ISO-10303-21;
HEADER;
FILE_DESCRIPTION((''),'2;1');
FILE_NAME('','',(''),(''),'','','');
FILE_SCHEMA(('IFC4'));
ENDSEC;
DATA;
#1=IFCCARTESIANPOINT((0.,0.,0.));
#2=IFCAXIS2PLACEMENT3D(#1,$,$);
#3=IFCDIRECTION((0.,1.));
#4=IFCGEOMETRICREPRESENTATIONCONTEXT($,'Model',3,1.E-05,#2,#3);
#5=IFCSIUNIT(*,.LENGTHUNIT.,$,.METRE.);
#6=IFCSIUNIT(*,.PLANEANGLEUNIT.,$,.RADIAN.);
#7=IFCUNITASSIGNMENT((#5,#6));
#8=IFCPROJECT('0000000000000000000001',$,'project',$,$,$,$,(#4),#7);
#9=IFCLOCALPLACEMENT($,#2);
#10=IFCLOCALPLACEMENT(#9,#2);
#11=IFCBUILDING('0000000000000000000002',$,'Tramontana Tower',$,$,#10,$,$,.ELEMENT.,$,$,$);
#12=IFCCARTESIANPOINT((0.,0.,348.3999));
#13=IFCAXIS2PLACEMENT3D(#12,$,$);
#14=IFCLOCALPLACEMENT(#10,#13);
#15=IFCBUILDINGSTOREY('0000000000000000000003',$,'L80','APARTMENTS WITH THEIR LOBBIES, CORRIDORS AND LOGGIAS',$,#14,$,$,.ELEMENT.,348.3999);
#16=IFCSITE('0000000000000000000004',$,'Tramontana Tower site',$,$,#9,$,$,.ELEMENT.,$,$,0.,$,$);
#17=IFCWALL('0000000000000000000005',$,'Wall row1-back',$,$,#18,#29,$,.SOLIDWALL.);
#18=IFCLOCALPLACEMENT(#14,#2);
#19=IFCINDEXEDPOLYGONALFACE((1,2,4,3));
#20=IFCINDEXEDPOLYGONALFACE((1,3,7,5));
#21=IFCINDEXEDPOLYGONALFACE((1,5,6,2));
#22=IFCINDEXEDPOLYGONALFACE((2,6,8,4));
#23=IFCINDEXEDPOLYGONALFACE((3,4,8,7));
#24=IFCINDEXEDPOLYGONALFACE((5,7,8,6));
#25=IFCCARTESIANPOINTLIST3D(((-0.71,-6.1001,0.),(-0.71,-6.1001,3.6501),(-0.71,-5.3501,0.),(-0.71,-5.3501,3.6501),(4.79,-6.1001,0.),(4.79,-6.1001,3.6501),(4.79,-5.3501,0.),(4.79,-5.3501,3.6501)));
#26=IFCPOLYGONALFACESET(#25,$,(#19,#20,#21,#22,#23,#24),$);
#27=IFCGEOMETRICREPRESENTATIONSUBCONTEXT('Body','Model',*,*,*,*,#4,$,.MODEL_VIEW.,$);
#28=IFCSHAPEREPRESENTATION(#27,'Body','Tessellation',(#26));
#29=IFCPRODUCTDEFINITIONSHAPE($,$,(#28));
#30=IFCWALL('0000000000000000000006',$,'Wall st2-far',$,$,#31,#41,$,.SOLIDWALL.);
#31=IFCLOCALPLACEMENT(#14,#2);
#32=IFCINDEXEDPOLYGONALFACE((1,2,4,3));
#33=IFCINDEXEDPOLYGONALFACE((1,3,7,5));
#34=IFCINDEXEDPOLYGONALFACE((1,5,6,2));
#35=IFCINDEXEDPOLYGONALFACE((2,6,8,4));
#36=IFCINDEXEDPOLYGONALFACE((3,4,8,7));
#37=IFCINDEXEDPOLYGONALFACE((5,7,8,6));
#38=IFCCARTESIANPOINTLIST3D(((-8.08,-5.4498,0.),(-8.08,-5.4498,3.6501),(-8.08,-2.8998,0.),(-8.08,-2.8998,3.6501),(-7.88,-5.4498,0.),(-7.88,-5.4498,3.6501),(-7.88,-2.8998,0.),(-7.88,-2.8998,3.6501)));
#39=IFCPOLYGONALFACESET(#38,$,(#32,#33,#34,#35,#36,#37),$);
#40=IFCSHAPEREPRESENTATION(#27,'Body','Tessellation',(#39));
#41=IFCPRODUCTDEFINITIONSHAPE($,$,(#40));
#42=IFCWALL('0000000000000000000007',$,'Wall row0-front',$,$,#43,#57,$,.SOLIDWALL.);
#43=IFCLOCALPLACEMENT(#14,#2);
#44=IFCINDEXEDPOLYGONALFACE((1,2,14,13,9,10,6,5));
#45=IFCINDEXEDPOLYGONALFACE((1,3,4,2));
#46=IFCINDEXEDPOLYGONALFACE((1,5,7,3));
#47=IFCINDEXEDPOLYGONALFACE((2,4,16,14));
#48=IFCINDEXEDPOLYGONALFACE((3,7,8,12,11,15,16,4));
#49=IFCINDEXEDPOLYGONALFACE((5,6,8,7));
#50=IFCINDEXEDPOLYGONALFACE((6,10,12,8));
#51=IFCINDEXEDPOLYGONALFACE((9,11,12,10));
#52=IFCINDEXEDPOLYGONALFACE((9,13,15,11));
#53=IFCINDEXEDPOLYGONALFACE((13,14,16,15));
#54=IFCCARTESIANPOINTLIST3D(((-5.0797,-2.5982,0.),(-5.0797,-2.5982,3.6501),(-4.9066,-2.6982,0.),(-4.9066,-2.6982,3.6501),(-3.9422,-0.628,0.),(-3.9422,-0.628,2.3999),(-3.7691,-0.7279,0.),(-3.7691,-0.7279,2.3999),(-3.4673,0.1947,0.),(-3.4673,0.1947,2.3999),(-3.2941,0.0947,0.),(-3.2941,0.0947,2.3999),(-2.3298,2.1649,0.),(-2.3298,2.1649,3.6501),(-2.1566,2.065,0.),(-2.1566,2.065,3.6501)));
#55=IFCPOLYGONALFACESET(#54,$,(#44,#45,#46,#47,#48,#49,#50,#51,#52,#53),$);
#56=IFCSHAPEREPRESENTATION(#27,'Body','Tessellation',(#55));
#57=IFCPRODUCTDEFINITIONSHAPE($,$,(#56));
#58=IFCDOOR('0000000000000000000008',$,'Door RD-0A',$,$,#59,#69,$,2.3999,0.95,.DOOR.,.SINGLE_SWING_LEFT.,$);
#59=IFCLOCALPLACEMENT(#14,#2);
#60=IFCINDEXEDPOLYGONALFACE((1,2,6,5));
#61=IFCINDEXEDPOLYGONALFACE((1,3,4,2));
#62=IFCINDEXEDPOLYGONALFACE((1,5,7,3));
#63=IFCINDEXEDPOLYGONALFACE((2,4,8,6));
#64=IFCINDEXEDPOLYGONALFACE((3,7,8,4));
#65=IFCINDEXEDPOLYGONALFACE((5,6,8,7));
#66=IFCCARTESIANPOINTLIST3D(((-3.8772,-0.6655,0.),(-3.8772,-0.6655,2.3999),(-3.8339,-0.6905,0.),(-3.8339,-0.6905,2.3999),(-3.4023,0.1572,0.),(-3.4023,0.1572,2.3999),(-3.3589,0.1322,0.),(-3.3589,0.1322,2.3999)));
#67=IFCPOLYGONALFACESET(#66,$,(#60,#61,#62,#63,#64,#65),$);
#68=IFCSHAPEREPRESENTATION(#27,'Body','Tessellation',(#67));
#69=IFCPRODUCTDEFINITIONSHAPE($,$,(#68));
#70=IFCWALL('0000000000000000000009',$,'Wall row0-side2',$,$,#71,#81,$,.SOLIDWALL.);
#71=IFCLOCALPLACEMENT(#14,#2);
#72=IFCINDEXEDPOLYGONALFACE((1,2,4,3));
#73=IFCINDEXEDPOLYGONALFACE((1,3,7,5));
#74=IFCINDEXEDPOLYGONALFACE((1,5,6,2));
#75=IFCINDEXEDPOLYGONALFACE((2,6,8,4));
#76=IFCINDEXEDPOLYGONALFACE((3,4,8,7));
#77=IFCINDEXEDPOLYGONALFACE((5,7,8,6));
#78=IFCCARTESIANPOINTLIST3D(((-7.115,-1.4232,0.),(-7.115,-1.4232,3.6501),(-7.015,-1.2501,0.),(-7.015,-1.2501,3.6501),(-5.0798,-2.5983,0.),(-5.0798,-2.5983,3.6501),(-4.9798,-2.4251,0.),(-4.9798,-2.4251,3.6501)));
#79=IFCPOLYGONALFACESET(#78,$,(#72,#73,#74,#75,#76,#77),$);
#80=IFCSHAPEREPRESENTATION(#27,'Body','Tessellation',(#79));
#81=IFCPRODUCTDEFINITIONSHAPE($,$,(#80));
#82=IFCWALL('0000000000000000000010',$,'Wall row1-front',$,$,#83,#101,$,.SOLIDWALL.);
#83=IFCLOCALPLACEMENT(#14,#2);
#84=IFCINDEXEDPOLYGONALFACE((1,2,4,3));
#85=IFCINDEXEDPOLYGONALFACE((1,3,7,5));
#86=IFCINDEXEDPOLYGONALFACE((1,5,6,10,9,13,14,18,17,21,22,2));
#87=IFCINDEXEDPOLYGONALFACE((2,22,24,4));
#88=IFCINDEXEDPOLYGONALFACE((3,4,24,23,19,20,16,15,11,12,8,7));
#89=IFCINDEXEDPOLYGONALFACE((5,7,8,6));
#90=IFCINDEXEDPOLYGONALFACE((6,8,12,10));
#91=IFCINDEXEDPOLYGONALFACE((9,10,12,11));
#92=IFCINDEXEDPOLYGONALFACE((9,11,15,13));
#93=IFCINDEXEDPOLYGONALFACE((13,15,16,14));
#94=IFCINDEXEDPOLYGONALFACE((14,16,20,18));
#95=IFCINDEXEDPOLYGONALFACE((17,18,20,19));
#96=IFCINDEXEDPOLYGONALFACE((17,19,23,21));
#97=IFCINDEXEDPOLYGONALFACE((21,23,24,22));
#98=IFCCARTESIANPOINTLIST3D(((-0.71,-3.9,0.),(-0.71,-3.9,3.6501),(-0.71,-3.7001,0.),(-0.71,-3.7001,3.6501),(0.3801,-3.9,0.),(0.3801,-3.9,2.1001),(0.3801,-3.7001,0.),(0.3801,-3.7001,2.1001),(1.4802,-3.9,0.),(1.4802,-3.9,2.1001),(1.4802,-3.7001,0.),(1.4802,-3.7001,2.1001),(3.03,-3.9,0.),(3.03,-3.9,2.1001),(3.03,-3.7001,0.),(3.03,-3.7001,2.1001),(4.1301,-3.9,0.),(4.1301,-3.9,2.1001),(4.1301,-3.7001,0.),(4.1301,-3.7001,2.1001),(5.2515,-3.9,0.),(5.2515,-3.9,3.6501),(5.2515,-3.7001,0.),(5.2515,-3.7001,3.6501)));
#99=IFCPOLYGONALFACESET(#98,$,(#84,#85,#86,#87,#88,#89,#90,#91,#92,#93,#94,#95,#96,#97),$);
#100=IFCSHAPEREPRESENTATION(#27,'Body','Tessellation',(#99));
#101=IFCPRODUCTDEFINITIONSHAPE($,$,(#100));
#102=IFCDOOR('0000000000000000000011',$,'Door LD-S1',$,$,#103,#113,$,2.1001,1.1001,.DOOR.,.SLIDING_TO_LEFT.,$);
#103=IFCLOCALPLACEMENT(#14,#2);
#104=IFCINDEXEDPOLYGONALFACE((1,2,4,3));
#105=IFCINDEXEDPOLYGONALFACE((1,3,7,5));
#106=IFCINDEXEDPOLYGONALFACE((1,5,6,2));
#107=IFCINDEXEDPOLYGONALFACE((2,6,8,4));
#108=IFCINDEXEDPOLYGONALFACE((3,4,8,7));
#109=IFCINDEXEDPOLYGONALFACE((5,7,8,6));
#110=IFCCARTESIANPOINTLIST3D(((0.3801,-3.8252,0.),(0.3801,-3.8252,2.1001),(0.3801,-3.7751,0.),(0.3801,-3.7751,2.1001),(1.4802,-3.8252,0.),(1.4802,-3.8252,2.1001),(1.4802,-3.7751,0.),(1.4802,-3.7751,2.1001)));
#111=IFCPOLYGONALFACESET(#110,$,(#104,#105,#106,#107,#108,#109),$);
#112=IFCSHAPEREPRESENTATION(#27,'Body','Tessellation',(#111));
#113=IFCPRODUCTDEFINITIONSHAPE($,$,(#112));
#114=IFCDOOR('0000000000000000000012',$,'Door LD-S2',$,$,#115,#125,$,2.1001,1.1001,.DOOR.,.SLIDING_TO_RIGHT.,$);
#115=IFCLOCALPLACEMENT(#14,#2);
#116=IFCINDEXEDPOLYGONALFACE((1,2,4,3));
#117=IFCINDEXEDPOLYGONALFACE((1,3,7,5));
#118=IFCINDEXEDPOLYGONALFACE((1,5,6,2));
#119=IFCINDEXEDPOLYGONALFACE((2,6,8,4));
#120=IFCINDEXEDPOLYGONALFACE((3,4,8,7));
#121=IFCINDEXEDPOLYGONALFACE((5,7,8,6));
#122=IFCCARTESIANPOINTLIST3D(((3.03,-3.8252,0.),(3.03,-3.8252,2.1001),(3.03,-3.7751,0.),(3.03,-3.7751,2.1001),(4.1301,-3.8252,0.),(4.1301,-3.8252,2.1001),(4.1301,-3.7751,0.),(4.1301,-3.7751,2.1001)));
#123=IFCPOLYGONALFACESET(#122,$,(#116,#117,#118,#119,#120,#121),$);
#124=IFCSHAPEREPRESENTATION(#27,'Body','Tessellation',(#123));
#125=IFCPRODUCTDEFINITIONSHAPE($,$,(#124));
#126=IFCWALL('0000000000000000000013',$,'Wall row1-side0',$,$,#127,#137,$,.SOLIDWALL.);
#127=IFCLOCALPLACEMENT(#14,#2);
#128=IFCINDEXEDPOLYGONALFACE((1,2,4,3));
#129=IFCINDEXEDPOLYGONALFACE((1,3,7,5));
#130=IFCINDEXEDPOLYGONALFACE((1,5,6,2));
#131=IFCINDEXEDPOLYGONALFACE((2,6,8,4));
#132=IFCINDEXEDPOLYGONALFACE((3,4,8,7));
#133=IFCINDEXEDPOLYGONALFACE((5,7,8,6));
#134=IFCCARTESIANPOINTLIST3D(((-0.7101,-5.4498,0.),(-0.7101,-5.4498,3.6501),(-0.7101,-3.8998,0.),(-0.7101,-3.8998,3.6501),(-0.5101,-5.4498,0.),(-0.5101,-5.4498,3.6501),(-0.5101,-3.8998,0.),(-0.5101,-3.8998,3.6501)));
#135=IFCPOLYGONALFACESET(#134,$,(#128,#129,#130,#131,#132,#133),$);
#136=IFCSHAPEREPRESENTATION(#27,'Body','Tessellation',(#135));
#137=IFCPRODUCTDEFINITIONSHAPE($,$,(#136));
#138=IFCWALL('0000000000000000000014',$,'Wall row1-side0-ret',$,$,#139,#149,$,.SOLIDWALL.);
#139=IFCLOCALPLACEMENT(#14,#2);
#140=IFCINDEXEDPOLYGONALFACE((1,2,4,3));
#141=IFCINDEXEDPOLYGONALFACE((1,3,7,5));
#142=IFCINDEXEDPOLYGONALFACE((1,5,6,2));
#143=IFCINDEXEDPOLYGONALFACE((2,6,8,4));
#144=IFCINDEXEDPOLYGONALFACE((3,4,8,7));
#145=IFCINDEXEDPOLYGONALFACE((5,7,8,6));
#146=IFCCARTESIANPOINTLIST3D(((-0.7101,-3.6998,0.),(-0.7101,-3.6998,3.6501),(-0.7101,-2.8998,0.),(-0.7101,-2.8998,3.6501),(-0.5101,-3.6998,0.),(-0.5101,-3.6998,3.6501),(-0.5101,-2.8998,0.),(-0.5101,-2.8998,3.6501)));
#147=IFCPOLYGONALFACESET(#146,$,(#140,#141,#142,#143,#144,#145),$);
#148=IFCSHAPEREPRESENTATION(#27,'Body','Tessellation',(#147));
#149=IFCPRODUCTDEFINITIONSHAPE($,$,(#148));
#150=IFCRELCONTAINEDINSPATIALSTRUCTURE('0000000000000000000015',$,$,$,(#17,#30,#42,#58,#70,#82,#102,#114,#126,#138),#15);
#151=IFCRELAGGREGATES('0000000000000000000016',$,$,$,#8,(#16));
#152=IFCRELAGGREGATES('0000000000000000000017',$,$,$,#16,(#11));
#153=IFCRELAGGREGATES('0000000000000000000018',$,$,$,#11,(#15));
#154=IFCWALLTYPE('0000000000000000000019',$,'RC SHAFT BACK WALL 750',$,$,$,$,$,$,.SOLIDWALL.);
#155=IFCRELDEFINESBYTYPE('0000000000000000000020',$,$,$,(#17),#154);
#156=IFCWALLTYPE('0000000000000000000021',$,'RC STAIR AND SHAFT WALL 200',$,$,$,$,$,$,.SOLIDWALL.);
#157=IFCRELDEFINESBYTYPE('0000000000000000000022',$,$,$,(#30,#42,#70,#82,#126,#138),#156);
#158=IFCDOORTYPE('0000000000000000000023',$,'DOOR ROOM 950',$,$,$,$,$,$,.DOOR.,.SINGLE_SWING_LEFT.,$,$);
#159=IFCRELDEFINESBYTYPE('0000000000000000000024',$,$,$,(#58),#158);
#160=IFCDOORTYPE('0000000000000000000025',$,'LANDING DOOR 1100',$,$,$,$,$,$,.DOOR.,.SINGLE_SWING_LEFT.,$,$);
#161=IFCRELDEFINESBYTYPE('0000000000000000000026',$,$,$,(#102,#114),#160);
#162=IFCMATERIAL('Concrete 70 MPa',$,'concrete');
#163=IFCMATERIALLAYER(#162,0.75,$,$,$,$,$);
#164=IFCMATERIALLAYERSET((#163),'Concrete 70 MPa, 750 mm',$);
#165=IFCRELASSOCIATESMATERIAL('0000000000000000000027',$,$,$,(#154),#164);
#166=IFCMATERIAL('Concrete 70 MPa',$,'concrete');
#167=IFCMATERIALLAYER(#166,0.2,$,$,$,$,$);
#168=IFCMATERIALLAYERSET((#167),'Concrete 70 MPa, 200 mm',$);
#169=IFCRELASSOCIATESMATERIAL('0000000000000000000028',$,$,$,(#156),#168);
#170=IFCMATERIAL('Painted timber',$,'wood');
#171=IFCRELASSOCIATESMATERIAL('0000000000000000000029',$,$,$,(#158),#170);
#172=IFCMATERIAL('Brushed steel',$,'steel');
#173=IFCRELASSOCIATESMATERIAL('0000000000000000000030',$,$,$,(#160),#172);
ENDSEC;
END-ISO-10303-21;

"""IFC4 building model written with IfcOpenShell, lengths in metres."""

from ifc_helpers import new_model, si_unit, direction, frame, frame_2d, origin, place, context, subcontext, project, spatial, rectangle, extrude, material, layer, layer_set, type_object, element, fill, save


model = new_model("IFC4")

# Units and contexts
model_context = context("Model", 3, precision=1e-05, world=origin(), true_north=direction((0.0, 1.0)))
body_context = subcontext(model_context, "Body", "Model", "MODEL_VIEW")
ifc_project = project(units=[si_unit("LENGTHUNIT", "METRE"), si_unit("PLANEANGLEUNIT", "RADIAN")], contexts=[model_context])

# Site, building, storey
site_placement = place(None, origin())
site = spatial("IfcSite", under=ifc_project, at=site_placement, Name="Tramontana Tower site", CompositionType="ELEMENT", RefElevation=0.0)
building_placement = place(site_placement, origin())
building = spatial("IfcBuilding", under=site, at=building_placement, Name="Tramontana Tower", CompositionType="ELEMENT")
storey_placement = place(building_placement, frame((0.0, 0.0, 348.3999)))
storey = spatial("IfcBuildingStorey", under=building, at=storey_placement, Name="L80", Description="APARTMENTS WITH THEIR LOBBIES, CORRIDORS AND LOGGIAS", CompositionType="ELEMENT", Elevation=348.3999)

# Walls
ifc_material_1 = material(Name="Concrete 70 MPa", Category="concrete")
ifc_layer_1 = layer(ifc_material_1, 0.75)
ifc_layer_set_1 = layer_set([ifc_layer_1], Name="Concrete 70 MPa, 750 mm")
wall_type_1 = type_object("IfcWallType", Name="RC SHAFT BACK WALL 750", PredefinedType="SOLIDWALL", material=ifc_layer_set_1)
wall_1_placement = place(storey_placement, frame((-0.71, -5.7251, 0.0), z_axis=(0.0, 0.0, 1.0), x_axis=(1.0, 0.0, 0.0)))
element("IfcWall", 1, at=wall_1_placement, inside=storey, type_object=wall_type_1, Name="Wall row1-back", PredefinedType="SOLIDWALL", context=body_context, shape_type="SweptSolid", body=[
    extrude(rectangle(XDim=5.5, YDim=0.75, at=frame_2d((2.75, 0.0))), origin(), (0.0, 0.0, 1.0), 3.6501),
])
ifc_material_2 = material(Name="Concrete 70 MPa", Category="concrete")
ifc_layer_2 = layer(ifc_material_2, 0.2)
ifc_layer_set_2 = layer_set([ifc_layer_2], Name="Concrete 70 MPa, 200 mm")
wall_type_2 = type_object("IfcWallType", Name="RC STAIR AND SHAFT WALL 200", PredefinedType="SOLIDWALL", material=ifc_layer_set_2)
wall_2_placement = place(storey_placement, frame((-7.98, -2.8999, 0.0), z_axis=(0.0, 0.0, 1.0), x_axis=(0.0, -1.0, 0.0)))
element("IfcWall", 2, at=wall_2_placement, inside=storey, type_object=wall_type_2, Name="Wall st2-far", PredefinedType="SOLIDWALL", context=body_context, shape_type="SweptSolid", body=[
    extrude(rectangle(XDim=2.55, YDim=0.2, at=frame_2d((1.2749, 0.0))), origin(), (0.0, 0.0, 1.0), 3.6501),
])

# Wall, opening, door
wall_3_placement = place(storey_placement, frame((-4.9932, -2.6482, 0.0), z_axis=(0.0, 0.0, 1.0), x_axis=(0.499997, 0.866027, 0.0)))
wall_3 = element("IfcWall", 3, at=wall_3_placement, inside=storey, type_object=wall_type_2, Name="Wall row0-front", PredefinedType="SOLIDWALL", context=body_context, shape_type="SweptSolid", body=[
    extrude(rectangle(XDim=5.5, YDim=0.2, at=frame_2d((2.75, 0.0))), origin(), (0.0, 0.0, 1.0), 3.6501),
])
opening_1_placement = place(wall_3_placement, frame((2.2749, 0.0, 0.0)))
opening_1 = element("IfcOpeningElement", 4, at=opening_1_placement, cuts=wall_3, PredefinedType="OPENING", context=body_context, shape_type="SweptSolid", body=[
    extrude(rectangle(XDim=0.95, YDim=2.3999, at=frame_2d((0.4751, 1.2))), frame((0.0, 0.1099, 0.0), z_axis=(0.0, -1.0, 0.0), x_axis=(1.0, 0.0, 0.0)), (0.0, 0.0, 1.0), 0.22),
])
ifc_material_3 = material(Name="Painted timber", Category="wood")
door_type_1 = type_object("IfcDoorType", Name="DOOR ROOM 950", OperationType="SINGLE_SWING_LEFT", PredefinedType="DOOR", material=ifc_material_3)
door_1_placement = place(opening_1_placement, origin())
door_1 = element("IfcDoor", 5, at=door_1_placement, inside=storey, type_object=door_type_1, Name="Door RD-0A", OperationType="SINGLE_SWING_LEFT", OverallHeight=2.3999, OverallWidth=0.95, PredefinedType="DOOR", context=body_context, shape_type="SweptSolid", body=[
    extrude(rectangle(XDim=0.95, YDim=2.3999, at=frame_2d((0.4751, 1.2))), frame((0.0, 0.0249, 0.0), z_axis=(0.0, -1.0, 0.0), x_axis=(1.0, 0.0, 0.0)), (0.0, 0.0, 1.0), 0.05),
])
fill(opening_1, door_1)

# Wall
wall_4_placement = place(storey_placement, frame((-5.0298, -2.5117, 0.0), z_axis=(0.0, 0.0, 1.0), x_axis=(-0.866016, 0.500016, 0.0)))
element("IfcWall", 6, at=wall_4_placement, inside=storey, type_object=wall_type_2, Name="Wall row0-side2", PredefinedType="SOLIDWALL", context=body_context, shape_type="SweptSolid", body=[
    extrude(rectangle(XDim=2.3501, YDim=0.2, at=frame_2d((1.175, 0.0))), origin(), (0.0, 0.0, 1.0), 3.6501),
])

# Wall, openings, doors
wall_5_placement = place(storey_placement, frame((-0.71, -3.8, 0.0), z_axis=(0.0, 0.0, 1.0), x_axis=(1.0, 0.0, 0.0)))
wall_5 = element("IfcWall", 7, at=wall_5_placement, inside=storey, type_object=wall_type_2, Name="Wall row1-front", PredefinedType="SOLIDWALL", context=body_context, shape_type="SweptSolid", body=[
    extrude(rectangle(XDim=5.9614, YDim=0.2, at=frame_2d((2.9807, 0.0))), origin(), (0.0, 0.0, 1.0), 3.6501),
])
opening_2_placement = place(wall_5_placement, frame((1.0901, 0.0, 0.0)))
opening_2 = element("IfcOpeningElement", 8, at=opening_2_placement, cuts=wall_5, PredefinedType="OPENING", context=body_context, shape_type="SweptSolid", body=[
    extrude(rectangle(XDim=1.1001, YDim=2.1001, at=frame_2d((0.55, 1.05))), frame((0.0, 0.1099, 0.0), z_axis=(0.0, -1.0, 0.0), x_axis=(1.0, 0.0, 0.0)), (0.0, 0.0, 1.0), 0.22),
])
opening_3_placement = place(wall_5_placement, frame((3.74, 0.0, 0.0)))
opening_3 = element("IfcOpeningElement", 9, at=opening_3_placement, cuts=wall_5, PredefinedType="OPENING", context=body_context, shape_type="SweptSolid", body=[
    extrude(rectangle(XDim=1.1001, YDim=2.1001, at=frame_2d((0.55, 1.05))), frame((0.0, 0.1099, 0.0), z_axis=(0.0, -1.0, 0.0), x_axis=(1.0, 0.0, 0.0)), (0.0, 0.0, 1.0), 0.22),
])
ifc_material_4 = material(Name="Brushed steel", Category="steel")
door_type_2 = type_object("IfcDoorType", Name="LANDING DOOR 1100", OperationType="SINGLE_SWING_LEFT", PredefinedType="DOOR", material=ifc_material_4)
door_2_placement = place(opening_2_placement, origin())
door_2 = element("IfcDoor", 10, at=door_2_placement, inside=storey, type_object=door_type_2, Name="Door LD-S1", OperationType="SLIDING_TO_LEFT", OverallHeight=2.1001, OverallWidth=1.1001, PredefinedType="DOOR", context=body_context, shape_type="SweptSolid", body=[
    extrude(rectangle(XDim=1.1001, YDim=2.1001, at=frame_2d((0.55, 1.05))), frame((0.0, 0.0249, 0.0), z_axis=(0.0, -1.0, 0.0), x_axis=(1.0, 0.0, 0.0)), (0.0, 0.0, 1.0), 0.05),
])
fill(opening_2, door_2)
door_3_placement = place(opening_3_placement, origin())
door_3 = element("IfcDoor", 11, at=door_3_placement, inside=storey, type_object=door_type_2, Name="Door LD-S2", OperationType="SLIDING_TO_RIGHT", OverallHeight=2.1001, OverallWidth=1.1001, PredefinedType="DOOR", context=body_context, shape_type="SweptSolid", body=[
    extrude(rectangle(XDim=1.1001, YDim=2.1001, at=frame_2d((0.55, 1.05))), frame((0.0, 0.0249, 0.0), z_axis=(0.0, -1.0, 0.0), x_axis=(1.0, 0.0, 0.0)), (0.0, 0.0, 1.0), 0.05),
])
fill(opening_3, door_3)

# Walls
wall_6_placement = place(storey_placement, frame((-0.6101, -3.8999, 0.0), z_axis=(0.0, 0.0, 1.0), x_axis=(0.0, -1.0, 0.0)))
element("IfcWall", 12, at=wall_6_placement, inside=storey, type_object=wall_type_2, Name="Wall row1-side0", PredefinedType="SOLIDWALL", context=body_context, shape_type="SweptSolid", body=[
    extrude(rectangle(XDim=1.55, YDim=0.2, at=frame_2d((0.7749, 0.0))), origin(), (0.0, 0.0, 1.0), 3.6501),
])
wall_7_placement = place(storey_placement, frame((-0.6101, -2.8999, 0.0), z_axis=(0.0, 0.0, 1.0), x_axis=(0.0, -1.0, 0.0)))
element("IfcWall", 13, at=wall_7_placement, inside=storey, type_object=wall_type_2, Name="Wall row1-side0-ret", PredefinedType="SOLIDWALL", context=body_context, shape_type="SweptSolid", body=[
    extrude(rectangle(XDim=0.8, YDim=0.2, at=frame_2d((0.3999, 0.0))), origin(), (0.0, 0.0, 1.0), 3.6501),
])

save(model, "model.ifc")
